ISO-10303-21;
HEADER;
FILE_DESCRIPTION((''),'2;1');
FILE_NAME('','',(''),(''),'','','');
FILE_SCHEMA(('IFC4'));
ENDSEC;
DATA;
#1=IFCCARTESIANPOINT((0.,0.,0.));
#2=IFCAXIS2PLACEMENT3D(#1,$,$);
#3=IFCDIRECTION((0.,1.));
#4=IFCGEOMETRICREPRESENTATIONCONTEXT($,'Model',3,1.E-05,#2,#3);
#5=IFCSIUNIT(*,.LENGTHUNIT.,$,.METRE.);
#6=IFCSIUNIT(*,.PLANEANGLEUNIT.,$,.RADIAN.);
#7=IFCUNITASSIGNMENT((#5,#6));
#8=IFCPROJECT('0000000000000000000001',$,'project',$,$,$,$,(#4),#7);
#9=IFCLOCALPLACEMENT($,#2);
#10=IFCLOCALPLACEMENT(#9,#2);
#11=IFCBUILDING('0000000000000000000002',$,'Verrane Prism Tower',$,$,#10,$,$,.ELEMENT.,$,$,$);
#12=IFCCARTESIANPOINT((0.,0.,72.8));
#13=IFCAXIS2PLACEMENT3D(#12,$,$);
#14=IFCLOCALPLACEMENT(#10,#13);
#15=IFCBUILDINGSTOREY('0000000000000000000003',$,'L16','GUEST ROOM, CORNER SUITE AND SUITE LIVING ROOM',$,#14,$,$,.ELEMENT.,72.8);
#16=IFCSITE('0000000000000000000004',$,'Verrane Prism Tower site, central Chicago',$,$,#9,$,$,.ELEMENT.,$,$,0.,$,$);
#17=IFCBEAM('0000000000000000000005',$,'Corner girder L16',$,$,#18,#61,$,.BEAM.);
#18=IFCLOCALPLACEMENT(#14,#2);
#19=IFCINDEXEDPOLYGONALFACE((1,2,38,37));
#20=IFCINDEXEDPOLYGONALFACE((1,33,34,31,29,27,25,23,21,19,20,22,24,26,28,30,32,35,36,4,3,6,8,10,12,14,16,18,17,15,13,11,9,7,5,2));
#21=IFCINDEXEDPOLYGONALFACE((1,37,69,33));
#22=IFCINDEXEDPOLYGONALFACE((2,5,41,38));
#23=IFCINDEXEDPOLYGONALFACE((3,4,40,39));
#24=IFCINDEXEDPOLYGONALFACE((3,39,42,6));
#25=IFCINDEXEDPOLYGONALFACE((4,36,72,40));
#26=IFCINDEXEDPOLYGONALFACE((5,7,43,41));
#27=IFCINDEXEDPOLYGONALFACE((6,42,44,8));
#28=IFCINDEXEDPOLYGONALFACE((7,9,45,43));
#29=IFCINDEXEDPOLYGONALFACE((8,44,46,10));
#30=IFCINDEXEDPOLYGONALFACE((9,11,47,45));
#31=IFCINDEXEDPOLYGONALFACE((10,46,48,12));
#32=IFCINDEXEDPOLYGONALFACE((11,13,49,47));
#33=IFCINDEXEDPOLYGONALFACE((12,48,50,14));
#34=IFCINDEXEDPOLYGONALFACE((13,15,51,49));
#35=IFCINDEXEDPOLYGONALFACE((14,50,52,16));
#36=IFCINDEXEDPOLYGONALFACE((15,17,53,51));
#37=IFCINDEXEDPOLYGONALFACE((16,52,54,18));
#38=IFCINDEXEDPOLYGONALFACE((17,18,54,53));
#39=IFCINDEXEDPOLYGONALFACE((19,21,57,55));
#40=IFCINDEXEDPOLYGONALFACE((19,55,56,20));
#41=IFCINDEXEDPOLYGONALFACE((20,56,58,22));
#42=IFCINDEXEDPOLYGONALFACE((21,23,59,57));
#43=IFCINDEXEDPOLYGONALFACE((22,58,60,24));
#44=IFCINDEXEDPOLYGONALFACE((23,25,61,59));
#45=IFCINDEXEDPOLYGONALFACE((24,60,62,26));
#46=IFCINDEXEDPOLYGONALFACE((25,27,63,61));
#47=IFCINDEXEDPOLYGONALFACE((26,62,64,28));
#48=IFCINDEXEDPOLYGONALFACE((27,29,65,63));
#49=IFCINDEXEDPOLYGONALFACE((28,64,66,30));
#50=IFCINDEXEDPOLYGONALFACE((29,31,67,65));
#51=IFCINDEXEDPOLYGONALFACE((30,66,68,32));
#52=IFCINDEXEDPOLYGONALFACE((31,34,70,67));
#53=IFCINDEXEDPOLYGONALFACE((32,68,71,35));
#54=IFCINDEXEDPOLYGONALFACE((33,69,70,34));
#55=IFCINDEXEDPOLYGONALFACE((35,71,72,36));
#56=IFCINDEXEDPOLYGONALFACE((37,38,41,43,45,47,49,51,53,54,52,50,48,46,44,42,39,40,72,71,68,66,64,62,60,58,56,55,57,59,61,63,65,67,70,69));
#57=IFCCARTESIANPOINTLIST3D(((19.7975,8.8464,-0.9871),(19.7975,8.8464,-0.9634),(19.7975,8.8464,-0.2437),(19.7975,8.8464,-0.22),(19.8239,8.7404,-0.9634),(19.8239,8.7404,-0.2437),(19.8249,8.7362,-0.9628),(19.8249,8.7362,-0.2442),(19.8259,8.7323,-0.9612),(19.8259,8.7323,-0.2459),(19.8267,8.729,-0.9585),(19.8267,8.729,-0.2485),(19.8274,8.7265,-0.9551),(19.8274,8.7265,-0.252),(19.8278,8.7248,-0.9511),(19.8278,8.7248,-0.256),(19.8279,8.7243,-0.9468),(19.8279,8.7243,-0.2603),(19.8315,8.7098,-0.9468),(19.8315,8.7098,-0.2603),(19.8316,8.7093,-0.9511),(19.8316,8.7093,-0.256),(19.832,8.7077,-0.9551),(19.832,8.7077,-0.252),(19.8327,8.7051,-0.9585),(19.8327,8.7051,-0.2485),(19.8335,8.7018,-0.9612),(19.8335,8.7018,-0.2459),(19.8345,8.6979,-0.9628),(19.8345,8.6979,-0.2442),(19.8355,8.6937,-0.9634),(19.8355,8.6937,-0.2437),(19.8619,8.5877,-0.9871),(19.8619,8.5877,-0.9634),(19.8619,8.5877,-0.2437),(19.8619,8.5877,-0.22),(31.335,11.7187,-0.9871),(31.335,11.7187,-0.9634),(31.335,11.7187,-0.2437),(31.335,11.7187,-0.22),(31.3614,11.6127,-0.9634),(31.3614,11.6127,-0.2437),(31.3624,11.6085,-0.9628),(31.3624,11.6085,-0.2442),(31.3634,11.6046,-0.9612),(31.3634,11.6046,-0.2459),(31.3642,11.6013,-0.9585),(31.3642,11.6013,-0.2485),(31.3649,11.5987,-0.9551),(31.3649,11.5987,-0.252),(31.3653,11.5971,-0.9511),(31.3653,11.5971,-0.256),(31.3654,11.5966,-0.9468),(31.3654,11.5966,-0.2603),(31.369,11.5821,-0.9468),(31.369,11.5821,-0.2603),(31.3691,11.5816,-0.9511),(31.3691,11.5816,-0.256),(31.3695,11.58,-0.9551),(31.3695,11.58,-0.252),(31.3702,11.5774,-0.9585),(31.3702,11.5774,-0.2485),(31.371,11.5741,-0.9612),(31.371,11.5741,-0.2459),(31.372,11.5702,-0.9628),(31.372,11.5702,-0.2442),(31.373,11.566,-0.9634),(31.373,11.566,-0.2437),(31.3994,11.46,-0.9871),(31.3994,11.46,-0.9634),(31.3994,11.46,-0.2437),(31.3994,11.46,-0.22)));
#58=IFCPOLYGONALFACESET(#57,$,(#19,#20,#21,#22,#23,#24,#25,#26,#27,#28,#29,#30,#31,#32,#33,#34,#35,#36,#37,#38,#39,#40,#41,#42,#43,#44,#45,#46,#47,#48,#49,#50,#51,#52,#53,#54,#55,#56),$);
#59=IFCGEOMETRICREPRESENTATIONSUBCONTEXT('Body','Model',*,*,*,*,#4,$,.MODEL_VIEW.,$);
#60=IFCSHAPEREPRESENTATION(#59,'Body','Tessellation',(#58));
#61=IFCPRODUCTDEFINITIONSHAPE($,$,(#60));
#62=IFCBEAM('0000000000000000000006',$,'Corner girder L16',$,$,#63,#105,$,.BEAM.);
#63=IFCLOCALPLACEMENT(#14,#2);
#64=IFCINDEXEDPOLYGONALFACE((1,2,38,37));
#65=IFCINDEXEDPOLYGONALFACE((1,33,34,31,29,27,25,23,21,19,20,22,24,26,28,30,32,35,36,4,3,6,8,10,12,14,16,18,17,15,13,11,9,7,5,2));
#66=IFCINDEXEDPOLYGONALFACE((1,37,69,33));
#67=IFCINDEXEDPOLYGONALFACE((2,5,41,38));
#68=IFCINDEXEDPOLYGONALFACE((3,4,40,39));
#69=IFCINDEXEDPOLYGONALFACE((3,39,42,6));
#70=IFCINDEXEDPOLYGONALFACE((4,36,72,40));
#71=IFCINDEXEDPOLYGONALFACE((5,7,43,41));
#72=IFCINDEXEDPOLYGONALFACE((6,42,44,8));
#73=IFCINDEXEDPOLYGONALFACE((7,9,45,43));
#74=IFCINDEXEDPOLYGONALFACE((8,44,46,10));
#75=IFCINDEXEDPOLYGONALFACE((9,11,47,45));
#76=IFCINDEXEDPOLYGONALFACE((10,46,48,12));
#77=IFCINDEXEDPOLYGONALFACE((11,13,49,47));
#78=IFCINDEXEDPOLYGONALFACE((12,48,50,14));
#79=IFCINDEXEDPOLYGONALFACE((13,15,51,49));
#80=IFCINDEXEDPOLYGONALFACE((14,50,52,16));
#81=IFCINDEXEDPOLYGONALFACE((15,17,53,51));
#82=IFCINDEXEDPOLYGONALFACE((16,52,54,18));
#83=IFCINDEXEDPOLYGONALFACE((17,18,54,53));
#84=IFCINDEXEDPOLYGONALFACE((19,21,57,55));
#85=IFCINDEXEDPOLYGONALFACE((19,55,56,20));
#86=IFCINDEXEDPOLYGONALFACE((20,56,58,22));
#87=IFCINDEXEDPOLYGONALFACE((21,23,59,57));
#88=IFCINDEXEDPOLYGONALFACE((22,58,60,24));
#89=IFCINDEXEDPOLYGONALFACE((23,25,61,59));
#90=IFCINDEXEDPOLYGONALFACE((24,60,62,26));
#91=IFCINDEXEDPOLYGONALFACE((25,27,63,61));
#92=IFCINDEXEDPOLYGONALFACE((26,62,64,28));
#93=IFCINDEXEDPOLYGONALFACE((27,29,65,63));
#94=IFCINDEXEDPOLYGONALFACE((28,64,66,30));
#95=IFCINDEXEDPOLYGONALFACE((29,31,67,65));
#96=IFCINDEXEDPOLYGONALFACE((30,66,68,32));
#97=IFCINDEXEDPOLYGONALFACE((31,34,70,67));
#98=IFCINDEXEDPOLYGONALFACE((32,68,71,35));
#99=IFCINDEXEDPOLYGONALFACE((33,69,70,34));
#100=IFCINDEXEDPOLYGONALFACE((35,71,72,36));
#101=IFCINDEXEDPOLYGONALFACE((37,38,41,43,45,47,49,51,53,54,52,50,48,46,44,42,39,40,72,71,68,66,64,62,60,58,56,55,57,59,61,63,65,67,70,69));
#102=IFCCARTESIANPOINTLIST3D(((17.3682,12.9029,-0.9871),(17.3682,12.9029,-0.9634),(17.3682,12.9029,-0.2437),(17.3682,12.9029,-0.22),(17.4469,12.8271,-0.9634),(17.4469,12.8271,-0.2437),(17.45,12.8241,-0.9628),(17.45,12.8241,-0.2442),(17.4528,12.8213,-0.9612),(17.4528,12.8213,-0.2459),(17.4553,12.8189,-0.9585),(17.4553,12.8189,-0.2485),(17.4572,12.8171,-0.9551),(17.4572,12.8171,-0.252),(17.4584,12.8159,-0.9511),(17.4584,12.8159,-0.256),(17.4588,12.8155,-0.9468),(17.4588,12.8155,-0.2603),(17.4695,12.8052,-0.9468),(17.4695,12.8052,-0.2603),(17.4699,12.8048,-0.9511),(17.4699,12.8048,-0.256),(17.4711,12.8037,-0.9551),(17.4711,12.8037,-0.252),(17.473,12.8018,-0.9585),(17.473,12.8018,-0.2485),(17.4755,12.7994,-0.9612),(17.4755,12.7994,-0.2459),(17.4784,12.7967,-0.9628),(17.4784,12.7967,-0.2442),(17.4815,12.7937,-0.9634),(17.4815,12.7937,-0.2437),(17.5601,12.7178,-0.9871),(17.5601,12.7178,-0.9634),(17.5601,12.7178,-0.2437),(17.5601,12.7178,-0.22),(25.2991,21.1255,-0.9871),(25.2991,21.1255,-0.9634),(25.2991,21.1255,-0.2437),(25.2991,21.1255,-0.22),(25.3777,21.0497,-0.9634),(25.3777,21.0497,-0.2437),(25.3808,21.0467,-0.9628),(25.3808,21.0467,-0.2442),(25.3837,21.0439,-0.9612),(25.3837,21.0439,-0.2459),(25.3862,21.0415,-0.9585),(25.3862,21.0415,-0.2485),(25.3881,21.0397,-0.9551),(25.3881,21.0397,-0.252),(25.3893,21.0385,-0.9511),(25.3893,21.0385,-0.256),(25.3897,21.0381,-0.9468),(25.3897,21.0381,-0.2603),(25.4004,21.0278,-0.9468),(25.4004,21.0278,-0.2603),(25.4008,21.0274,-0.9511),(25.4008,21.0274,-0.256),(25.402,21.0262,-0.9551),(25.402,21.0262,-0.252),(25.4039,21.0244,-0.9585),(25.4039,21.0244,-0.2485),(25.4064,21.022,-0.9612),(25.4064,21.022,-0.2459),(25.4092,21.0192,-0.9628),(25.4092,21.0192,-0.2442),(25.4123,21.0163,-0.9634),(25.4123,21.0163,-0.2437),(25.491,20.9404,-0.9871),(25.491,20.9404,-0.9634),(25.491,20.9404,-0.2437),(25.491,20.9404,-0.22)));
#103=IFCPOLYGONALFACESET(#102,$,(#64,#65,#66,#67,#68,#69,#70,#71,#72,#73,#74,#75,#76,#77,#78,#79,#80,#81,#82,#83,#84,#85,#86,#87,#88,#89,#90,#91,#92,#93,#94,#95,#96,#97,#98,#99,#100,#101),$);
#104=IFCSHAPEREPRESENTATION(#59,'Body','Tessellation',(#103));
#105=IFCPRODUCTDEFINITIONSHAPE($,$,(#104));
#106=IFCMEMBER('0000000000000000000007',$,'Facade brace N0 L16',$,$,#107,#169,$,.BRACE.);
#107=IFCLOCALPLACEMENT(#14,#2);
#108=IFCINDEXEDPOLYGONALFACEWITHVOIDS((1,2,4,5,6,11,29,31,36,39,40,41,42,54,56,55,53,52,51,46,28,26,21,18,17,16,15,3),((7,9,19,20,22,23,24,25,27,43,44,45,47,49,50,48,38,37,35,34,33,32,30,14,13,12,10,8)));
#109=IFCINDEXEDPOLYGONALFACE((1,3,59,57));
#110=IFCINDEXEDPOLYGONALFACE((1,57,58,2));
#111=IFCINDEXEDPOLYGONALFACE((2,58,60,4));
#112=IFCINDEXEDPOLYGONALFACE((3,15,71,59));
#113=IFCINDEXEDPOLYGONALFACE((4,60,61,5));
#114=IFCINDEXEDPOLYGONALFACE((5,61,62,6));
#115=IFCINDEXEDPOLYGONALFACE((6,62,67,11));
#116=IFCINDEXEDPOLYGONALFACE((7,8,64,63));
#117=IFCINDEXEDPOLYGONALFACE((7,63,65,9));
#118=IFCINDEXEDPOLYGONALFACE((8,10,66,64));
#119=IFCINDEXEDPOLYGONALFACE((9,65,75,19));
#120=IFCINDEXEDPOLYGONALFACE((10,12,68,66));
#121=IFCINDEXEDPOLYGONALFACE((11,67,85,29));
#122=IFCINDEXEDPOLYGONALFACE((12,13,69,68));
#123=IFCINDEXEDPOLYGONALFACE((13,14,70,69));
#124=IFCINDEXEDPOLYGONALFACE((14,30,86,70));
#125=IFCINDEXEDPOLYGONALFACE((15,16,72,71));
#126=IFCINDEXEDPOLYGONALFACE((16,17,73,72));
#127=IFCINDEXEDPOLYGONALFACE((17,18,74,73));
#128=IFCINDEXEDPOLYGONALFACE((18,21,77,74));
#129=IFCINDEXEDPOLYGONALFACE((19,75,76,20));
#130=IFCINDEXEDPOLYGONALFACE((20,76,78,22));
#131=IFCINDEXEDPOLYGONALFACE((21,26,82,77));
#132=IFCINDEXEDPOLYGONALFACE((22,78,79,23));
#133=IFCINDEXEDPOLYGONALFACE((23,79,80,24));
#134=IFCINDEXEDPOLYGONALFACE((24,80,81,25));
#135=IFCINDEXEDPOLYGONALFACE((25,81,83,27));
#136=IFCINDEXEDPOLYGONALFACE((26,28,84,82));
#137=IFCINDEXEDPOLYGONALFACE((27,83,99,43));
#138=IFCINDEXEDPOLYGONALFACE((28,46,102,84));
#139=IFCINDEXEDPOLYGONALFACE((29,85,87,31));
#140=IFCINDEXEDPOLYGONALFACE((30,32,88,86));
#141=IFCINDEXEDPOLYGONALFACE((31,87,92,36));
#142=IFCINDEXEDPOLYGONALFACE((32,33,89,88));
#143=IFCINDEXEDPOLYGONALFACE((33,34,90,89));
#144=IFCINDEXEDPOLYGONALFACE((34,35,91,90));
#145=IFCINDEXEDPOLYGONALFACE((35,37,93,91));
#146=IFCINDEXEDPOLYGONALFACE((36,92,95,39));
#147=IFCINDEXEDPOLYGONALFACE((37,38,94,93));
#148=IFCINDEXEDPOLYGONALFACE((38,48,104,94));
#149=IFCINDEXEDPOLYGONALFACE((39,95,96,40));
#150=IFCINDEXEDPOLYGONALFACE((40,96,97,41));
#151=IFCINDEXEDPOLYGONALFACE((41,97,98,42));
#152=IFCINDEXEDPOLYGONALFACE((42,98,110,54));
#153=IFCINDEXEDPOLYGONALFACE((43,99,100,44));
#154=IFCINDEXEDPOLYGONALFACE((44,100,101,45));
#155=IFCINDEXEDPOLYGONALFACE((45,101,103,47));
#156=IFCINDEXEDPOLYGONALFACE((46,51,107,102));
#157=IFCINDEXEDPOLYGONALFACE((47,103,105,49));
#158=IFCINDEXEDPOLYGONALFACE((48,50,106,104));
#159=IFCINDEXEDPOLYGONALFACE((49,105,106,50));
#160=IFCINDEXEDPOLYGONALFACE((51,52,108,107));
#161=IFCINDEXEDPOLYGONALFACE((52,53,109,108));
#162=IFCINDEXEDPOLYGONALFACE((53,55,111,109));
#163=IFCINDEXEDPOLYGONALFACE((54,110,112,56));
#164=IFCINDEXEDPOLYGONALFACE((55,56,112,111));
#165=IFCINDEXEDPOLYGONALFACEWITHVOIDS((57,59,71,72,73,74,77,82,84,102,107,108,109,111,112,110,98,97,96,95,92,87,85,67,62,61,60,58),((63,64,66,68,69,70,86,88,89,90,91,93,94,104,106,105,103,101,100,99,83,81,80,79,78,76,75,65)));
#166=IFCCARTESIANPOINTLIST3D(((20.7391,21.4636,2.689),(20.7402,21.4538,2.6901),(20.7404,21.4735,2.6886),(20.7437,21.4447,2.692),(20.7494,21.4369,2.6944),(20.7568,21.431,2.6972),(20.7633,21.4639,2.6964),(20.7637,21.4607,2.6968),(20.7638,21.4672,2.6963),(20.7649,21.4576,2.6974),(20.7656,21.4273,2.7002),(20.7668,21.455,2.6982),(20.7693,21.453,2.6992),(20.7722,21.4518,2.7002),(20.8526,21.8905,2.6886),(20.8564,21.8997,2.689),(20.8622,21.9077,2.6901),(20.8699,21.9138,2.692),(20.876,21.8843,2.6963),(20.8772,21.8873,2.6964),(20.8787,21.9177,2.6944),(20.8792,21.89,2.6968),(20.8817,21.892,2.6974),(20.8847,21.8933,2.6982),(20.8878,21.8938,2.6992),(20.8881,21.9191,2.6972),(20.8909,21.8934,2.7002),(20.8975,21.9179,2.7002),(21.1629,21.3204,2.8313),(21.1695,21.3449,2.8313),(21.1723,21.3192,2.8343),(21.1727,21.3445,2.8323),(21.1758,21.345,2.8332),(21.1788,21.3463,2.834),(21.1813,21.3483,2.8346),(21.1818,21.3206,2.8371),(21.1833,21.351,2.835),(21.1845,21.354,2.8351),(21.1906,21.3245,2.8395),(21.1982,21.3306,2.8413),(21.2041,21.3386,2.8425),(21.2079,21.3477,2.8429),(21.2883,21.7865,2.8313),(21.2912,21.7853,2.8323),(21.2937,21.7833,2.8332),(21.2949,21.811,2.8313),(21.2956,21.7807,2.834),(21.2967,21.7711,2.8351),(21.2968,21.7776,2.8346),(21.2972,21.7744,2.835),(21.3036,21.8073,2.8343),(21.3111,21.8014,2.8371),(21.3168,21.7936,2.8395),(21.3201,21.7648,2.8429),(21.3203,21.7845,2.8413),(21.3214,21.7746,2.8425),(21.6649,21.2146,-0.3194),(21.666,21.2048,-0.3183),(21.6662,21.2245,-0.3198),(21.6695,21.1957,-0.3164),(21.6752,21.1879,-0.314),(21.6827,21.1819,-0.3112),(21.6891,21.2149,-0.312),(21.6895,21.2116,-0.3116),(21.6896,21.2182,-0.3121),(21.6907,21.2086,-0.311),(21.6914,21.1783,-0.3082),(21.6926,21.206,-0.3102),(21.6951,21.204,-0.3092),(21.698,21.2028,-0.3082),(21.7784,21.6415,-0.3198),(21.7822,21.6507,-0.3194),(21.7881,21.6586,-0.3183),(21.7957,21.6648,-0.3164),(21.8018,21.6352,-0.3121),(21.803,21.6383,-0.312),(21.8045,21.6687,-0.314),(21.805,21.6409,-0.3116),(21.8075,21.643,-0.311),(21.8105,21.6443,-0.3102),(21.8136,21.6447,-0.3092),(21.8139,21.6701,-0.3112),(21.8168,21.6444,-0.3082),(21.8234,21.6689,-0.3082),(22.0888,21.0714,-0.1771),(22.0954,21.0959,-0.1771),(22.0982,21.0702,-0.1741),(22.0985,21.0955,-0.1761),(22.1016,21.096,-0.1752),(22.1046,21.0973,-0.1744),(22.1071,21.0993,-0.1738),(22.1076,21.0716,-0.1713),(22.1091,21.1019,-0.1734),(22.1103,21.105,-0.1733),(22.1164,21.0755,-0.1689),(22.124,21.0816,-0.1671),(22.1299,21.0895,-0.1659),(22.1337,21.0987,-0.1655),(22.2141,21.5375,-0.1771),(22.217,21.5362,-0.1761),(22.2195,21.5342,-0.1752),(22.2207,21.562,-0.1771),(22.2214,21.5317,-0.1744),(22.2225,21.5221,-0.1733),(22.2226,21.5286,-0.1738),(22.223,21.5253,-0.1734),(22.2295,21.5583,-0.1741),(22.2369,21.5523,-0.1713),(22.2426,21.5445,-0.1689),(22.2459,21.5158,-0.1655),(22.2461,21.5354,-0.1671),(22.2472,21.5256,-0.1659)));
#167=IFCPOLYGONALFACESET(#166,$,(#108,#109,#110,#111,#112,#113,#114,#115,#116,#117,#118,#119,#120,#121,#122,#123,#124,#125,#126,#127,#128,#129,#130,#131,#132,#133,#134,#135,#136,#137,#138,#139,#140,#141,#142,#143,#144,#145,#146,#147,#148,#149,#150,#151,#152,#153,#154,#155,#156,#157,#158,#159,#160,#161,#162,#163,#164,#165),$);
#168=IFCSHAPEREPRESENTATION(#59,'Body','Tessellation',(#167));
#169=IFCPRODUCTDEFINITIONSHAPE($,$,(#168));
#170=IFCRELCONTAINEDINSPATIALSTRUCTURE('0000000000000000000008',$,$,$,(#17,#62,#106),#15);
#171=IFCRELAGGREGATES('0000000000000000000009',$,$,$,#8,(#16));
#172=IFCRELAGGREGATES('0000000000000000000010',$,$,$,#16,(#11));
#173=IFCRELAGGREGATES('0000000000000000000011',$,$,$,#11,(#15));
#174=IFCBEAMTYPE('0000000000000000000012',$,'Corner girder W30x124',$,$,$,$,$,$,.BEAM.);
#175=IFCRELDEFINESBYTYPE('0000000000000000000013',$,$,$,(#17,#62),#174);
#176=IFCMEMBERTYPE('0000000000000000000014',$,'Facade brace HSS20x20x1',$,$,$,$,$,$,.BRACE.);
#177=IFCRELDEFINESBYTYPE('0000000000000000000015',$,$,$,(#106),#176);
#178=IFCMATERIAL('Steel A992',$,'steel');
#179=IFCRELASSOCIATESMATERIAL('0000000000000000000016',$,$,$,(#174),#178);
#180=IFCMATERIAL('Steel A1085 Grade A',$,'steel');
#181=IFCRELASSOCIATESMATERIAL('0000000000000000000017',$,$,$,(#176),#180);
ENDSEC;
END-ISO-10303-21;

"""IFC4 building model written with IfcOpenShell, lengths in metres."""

from ifc_helpers import new_model, si_unit, direction, frame, origin, origin_2d, place, context, subcontext, project, spatial, hollow_rectangle, i_section, extrude, material, material_profile, profile_set, type_object, element, save


model = new_model("IFC4")

# Units and contexts
model_context = context("Model", 3, precision=1e-05, world=origin(), true_north=direction((0.0, 1.0)))
body_context = subcontext(model_context, "Body", "Model", "MODEL_VIEW")
ifc_project = project(units=[si_unit("LENGTHUNIT", "METRE"), si_unit("PLANEANGLEUNIT", "RADIAN")], contexts=[model_context])

# Site, building, storey
site_placement = place(None, origin())
site = spatial("IfcSite", under=ifc_project, at=site_placement, Name="Verrane Prism Tower site, central Chicago", CompositionType="ELEMENT", RefElevation=0.0)
building_placement = place(site_placement, origin())
building = spatial("IfcBuilding", under=site, at=building_placement, Name="Verrane Prism Tower", CompositionType="ELEMENT")
storey_placement = place(building_placement, frame((0.0, 0.0, 72.8)))
storey = spatial("IfcBuildingStorey", under=building, at=storey_placement, Name="L16", Description="GUEST ROOM, CORNER SUITE AND SUITE LIVING ROOM", CompositionType="ELEMENT", Elevation=72.8)

# Beams
ifc_material_1 = material(Name="Steel A992", Category="steel")
ifc_material_profile_1 = material_profile(ifc_material_1, i_section(OverallWidth=0.2666, OverallDepth=0.7671, WebThickness=0.0149, FlangeThickness=0.0237, FilletRadius=0.0166, at=origin_2d()), Name="W30x124")
ifc_profile_set_1 = profile_set([ifc_material_profile_1], Name="Steel A992")
beam_type_1 = type_object("IfcBeamType", Name="Corner girder W30x124", PredefinedType="BEAM", material=ifc_profile_set_1)
beam_1_placement = place(storey_placement, frame((31.3672, 11.5894, -0.6035), z_axis=(-0.970381, -0.241579, 0.0), x_axis=(0.241579, -0.970381, 0.0)))
element("IfcBeam", 1, at=beam_1_placement, inside=storey, type_object=beam_type_1, Name="Corner girder L16", PredefinedType="BEAM", context=body_context, shape_type="SweptSolid", body=[
    extrude(i_section(OverallWidth=0.2666, OverallDepth=0.7671, WebThickness=0.0149, FlangeThickness=0.0237, FilletRadius=0.0166, at=origin_2d()), origin(), (0.0, 0.0, 1.0), 11.8896),
])
beam_2_placement = place(storey_placement, frame((25.395, 21.033, -0.6035), z_axis=(-0.694223, -0.71976, 0.0), x_axis=(0.71976, -0.694223, 0.0)))
element("IfcBeam", 2, at=beam_2_placement, inside=storey, type_object=beam_type_1, Name="Corner girder L16", PredefinedType="BEAM", context=body_context, shape_type="SweptSolid", body=[
    extrude(i_section(OverallWidth=0.2666, OverallDepth=0.7671, WebThickness=0.0149, FlangeThickness=0.0237, FilletRadius=0.0166, at=origin_2d()), origin(), (0.0, 0.0, 1.0), 11.4241),
])

# Member
ifc_material_2 = material(Name="Steel A1085 Grade A", Category="steel")
ifc_material_profile_2 = material_profile(ifc_material_2, hollow_rectangle(XDim=0.5081, YDim=0.5081, WallThickness=0.0254, InnerFilletRadius=0.0127, OuterFilletRadius=0.0381, at=origin_2d()), Name="HSS20x20x1")
ifc_profile_set_2 = profile_set([ifc_material_profile_2], Name="Steel A1085 Grade A")
member_type_1 = type_object("IfcMemberType", Name="Facade brace HSS20x20x1", PredefinedType="BRACE", material=ifc_profile_set_2)
member_1_placement = place(storey_placement, frame((21.9561, 21.3701, -0.2427), z_axis=(-0.293213, 0.078871, 0.952788), x_axis=(-0.259754, -0.965675, 0.0)))
element("IfcMember", 3, at=member_1_placement, inside=storey, type_object=member_type_1, Name="Facade brace N0 L16", PredefinedType="BRACE", context=body_context, shape_type="SweptSolid", body=[
    extrude(hollow_rectangle(XDim=0.5081, YDim=0.5081, WallThickness=0.0254, InnerFilletRadius=0.0127, OuterFilletRadius=0.0381, at=origin_2d()), origin(), (0.0, 0.0, 1.0), 3.1575),
])

save(model, "model.ifc")
